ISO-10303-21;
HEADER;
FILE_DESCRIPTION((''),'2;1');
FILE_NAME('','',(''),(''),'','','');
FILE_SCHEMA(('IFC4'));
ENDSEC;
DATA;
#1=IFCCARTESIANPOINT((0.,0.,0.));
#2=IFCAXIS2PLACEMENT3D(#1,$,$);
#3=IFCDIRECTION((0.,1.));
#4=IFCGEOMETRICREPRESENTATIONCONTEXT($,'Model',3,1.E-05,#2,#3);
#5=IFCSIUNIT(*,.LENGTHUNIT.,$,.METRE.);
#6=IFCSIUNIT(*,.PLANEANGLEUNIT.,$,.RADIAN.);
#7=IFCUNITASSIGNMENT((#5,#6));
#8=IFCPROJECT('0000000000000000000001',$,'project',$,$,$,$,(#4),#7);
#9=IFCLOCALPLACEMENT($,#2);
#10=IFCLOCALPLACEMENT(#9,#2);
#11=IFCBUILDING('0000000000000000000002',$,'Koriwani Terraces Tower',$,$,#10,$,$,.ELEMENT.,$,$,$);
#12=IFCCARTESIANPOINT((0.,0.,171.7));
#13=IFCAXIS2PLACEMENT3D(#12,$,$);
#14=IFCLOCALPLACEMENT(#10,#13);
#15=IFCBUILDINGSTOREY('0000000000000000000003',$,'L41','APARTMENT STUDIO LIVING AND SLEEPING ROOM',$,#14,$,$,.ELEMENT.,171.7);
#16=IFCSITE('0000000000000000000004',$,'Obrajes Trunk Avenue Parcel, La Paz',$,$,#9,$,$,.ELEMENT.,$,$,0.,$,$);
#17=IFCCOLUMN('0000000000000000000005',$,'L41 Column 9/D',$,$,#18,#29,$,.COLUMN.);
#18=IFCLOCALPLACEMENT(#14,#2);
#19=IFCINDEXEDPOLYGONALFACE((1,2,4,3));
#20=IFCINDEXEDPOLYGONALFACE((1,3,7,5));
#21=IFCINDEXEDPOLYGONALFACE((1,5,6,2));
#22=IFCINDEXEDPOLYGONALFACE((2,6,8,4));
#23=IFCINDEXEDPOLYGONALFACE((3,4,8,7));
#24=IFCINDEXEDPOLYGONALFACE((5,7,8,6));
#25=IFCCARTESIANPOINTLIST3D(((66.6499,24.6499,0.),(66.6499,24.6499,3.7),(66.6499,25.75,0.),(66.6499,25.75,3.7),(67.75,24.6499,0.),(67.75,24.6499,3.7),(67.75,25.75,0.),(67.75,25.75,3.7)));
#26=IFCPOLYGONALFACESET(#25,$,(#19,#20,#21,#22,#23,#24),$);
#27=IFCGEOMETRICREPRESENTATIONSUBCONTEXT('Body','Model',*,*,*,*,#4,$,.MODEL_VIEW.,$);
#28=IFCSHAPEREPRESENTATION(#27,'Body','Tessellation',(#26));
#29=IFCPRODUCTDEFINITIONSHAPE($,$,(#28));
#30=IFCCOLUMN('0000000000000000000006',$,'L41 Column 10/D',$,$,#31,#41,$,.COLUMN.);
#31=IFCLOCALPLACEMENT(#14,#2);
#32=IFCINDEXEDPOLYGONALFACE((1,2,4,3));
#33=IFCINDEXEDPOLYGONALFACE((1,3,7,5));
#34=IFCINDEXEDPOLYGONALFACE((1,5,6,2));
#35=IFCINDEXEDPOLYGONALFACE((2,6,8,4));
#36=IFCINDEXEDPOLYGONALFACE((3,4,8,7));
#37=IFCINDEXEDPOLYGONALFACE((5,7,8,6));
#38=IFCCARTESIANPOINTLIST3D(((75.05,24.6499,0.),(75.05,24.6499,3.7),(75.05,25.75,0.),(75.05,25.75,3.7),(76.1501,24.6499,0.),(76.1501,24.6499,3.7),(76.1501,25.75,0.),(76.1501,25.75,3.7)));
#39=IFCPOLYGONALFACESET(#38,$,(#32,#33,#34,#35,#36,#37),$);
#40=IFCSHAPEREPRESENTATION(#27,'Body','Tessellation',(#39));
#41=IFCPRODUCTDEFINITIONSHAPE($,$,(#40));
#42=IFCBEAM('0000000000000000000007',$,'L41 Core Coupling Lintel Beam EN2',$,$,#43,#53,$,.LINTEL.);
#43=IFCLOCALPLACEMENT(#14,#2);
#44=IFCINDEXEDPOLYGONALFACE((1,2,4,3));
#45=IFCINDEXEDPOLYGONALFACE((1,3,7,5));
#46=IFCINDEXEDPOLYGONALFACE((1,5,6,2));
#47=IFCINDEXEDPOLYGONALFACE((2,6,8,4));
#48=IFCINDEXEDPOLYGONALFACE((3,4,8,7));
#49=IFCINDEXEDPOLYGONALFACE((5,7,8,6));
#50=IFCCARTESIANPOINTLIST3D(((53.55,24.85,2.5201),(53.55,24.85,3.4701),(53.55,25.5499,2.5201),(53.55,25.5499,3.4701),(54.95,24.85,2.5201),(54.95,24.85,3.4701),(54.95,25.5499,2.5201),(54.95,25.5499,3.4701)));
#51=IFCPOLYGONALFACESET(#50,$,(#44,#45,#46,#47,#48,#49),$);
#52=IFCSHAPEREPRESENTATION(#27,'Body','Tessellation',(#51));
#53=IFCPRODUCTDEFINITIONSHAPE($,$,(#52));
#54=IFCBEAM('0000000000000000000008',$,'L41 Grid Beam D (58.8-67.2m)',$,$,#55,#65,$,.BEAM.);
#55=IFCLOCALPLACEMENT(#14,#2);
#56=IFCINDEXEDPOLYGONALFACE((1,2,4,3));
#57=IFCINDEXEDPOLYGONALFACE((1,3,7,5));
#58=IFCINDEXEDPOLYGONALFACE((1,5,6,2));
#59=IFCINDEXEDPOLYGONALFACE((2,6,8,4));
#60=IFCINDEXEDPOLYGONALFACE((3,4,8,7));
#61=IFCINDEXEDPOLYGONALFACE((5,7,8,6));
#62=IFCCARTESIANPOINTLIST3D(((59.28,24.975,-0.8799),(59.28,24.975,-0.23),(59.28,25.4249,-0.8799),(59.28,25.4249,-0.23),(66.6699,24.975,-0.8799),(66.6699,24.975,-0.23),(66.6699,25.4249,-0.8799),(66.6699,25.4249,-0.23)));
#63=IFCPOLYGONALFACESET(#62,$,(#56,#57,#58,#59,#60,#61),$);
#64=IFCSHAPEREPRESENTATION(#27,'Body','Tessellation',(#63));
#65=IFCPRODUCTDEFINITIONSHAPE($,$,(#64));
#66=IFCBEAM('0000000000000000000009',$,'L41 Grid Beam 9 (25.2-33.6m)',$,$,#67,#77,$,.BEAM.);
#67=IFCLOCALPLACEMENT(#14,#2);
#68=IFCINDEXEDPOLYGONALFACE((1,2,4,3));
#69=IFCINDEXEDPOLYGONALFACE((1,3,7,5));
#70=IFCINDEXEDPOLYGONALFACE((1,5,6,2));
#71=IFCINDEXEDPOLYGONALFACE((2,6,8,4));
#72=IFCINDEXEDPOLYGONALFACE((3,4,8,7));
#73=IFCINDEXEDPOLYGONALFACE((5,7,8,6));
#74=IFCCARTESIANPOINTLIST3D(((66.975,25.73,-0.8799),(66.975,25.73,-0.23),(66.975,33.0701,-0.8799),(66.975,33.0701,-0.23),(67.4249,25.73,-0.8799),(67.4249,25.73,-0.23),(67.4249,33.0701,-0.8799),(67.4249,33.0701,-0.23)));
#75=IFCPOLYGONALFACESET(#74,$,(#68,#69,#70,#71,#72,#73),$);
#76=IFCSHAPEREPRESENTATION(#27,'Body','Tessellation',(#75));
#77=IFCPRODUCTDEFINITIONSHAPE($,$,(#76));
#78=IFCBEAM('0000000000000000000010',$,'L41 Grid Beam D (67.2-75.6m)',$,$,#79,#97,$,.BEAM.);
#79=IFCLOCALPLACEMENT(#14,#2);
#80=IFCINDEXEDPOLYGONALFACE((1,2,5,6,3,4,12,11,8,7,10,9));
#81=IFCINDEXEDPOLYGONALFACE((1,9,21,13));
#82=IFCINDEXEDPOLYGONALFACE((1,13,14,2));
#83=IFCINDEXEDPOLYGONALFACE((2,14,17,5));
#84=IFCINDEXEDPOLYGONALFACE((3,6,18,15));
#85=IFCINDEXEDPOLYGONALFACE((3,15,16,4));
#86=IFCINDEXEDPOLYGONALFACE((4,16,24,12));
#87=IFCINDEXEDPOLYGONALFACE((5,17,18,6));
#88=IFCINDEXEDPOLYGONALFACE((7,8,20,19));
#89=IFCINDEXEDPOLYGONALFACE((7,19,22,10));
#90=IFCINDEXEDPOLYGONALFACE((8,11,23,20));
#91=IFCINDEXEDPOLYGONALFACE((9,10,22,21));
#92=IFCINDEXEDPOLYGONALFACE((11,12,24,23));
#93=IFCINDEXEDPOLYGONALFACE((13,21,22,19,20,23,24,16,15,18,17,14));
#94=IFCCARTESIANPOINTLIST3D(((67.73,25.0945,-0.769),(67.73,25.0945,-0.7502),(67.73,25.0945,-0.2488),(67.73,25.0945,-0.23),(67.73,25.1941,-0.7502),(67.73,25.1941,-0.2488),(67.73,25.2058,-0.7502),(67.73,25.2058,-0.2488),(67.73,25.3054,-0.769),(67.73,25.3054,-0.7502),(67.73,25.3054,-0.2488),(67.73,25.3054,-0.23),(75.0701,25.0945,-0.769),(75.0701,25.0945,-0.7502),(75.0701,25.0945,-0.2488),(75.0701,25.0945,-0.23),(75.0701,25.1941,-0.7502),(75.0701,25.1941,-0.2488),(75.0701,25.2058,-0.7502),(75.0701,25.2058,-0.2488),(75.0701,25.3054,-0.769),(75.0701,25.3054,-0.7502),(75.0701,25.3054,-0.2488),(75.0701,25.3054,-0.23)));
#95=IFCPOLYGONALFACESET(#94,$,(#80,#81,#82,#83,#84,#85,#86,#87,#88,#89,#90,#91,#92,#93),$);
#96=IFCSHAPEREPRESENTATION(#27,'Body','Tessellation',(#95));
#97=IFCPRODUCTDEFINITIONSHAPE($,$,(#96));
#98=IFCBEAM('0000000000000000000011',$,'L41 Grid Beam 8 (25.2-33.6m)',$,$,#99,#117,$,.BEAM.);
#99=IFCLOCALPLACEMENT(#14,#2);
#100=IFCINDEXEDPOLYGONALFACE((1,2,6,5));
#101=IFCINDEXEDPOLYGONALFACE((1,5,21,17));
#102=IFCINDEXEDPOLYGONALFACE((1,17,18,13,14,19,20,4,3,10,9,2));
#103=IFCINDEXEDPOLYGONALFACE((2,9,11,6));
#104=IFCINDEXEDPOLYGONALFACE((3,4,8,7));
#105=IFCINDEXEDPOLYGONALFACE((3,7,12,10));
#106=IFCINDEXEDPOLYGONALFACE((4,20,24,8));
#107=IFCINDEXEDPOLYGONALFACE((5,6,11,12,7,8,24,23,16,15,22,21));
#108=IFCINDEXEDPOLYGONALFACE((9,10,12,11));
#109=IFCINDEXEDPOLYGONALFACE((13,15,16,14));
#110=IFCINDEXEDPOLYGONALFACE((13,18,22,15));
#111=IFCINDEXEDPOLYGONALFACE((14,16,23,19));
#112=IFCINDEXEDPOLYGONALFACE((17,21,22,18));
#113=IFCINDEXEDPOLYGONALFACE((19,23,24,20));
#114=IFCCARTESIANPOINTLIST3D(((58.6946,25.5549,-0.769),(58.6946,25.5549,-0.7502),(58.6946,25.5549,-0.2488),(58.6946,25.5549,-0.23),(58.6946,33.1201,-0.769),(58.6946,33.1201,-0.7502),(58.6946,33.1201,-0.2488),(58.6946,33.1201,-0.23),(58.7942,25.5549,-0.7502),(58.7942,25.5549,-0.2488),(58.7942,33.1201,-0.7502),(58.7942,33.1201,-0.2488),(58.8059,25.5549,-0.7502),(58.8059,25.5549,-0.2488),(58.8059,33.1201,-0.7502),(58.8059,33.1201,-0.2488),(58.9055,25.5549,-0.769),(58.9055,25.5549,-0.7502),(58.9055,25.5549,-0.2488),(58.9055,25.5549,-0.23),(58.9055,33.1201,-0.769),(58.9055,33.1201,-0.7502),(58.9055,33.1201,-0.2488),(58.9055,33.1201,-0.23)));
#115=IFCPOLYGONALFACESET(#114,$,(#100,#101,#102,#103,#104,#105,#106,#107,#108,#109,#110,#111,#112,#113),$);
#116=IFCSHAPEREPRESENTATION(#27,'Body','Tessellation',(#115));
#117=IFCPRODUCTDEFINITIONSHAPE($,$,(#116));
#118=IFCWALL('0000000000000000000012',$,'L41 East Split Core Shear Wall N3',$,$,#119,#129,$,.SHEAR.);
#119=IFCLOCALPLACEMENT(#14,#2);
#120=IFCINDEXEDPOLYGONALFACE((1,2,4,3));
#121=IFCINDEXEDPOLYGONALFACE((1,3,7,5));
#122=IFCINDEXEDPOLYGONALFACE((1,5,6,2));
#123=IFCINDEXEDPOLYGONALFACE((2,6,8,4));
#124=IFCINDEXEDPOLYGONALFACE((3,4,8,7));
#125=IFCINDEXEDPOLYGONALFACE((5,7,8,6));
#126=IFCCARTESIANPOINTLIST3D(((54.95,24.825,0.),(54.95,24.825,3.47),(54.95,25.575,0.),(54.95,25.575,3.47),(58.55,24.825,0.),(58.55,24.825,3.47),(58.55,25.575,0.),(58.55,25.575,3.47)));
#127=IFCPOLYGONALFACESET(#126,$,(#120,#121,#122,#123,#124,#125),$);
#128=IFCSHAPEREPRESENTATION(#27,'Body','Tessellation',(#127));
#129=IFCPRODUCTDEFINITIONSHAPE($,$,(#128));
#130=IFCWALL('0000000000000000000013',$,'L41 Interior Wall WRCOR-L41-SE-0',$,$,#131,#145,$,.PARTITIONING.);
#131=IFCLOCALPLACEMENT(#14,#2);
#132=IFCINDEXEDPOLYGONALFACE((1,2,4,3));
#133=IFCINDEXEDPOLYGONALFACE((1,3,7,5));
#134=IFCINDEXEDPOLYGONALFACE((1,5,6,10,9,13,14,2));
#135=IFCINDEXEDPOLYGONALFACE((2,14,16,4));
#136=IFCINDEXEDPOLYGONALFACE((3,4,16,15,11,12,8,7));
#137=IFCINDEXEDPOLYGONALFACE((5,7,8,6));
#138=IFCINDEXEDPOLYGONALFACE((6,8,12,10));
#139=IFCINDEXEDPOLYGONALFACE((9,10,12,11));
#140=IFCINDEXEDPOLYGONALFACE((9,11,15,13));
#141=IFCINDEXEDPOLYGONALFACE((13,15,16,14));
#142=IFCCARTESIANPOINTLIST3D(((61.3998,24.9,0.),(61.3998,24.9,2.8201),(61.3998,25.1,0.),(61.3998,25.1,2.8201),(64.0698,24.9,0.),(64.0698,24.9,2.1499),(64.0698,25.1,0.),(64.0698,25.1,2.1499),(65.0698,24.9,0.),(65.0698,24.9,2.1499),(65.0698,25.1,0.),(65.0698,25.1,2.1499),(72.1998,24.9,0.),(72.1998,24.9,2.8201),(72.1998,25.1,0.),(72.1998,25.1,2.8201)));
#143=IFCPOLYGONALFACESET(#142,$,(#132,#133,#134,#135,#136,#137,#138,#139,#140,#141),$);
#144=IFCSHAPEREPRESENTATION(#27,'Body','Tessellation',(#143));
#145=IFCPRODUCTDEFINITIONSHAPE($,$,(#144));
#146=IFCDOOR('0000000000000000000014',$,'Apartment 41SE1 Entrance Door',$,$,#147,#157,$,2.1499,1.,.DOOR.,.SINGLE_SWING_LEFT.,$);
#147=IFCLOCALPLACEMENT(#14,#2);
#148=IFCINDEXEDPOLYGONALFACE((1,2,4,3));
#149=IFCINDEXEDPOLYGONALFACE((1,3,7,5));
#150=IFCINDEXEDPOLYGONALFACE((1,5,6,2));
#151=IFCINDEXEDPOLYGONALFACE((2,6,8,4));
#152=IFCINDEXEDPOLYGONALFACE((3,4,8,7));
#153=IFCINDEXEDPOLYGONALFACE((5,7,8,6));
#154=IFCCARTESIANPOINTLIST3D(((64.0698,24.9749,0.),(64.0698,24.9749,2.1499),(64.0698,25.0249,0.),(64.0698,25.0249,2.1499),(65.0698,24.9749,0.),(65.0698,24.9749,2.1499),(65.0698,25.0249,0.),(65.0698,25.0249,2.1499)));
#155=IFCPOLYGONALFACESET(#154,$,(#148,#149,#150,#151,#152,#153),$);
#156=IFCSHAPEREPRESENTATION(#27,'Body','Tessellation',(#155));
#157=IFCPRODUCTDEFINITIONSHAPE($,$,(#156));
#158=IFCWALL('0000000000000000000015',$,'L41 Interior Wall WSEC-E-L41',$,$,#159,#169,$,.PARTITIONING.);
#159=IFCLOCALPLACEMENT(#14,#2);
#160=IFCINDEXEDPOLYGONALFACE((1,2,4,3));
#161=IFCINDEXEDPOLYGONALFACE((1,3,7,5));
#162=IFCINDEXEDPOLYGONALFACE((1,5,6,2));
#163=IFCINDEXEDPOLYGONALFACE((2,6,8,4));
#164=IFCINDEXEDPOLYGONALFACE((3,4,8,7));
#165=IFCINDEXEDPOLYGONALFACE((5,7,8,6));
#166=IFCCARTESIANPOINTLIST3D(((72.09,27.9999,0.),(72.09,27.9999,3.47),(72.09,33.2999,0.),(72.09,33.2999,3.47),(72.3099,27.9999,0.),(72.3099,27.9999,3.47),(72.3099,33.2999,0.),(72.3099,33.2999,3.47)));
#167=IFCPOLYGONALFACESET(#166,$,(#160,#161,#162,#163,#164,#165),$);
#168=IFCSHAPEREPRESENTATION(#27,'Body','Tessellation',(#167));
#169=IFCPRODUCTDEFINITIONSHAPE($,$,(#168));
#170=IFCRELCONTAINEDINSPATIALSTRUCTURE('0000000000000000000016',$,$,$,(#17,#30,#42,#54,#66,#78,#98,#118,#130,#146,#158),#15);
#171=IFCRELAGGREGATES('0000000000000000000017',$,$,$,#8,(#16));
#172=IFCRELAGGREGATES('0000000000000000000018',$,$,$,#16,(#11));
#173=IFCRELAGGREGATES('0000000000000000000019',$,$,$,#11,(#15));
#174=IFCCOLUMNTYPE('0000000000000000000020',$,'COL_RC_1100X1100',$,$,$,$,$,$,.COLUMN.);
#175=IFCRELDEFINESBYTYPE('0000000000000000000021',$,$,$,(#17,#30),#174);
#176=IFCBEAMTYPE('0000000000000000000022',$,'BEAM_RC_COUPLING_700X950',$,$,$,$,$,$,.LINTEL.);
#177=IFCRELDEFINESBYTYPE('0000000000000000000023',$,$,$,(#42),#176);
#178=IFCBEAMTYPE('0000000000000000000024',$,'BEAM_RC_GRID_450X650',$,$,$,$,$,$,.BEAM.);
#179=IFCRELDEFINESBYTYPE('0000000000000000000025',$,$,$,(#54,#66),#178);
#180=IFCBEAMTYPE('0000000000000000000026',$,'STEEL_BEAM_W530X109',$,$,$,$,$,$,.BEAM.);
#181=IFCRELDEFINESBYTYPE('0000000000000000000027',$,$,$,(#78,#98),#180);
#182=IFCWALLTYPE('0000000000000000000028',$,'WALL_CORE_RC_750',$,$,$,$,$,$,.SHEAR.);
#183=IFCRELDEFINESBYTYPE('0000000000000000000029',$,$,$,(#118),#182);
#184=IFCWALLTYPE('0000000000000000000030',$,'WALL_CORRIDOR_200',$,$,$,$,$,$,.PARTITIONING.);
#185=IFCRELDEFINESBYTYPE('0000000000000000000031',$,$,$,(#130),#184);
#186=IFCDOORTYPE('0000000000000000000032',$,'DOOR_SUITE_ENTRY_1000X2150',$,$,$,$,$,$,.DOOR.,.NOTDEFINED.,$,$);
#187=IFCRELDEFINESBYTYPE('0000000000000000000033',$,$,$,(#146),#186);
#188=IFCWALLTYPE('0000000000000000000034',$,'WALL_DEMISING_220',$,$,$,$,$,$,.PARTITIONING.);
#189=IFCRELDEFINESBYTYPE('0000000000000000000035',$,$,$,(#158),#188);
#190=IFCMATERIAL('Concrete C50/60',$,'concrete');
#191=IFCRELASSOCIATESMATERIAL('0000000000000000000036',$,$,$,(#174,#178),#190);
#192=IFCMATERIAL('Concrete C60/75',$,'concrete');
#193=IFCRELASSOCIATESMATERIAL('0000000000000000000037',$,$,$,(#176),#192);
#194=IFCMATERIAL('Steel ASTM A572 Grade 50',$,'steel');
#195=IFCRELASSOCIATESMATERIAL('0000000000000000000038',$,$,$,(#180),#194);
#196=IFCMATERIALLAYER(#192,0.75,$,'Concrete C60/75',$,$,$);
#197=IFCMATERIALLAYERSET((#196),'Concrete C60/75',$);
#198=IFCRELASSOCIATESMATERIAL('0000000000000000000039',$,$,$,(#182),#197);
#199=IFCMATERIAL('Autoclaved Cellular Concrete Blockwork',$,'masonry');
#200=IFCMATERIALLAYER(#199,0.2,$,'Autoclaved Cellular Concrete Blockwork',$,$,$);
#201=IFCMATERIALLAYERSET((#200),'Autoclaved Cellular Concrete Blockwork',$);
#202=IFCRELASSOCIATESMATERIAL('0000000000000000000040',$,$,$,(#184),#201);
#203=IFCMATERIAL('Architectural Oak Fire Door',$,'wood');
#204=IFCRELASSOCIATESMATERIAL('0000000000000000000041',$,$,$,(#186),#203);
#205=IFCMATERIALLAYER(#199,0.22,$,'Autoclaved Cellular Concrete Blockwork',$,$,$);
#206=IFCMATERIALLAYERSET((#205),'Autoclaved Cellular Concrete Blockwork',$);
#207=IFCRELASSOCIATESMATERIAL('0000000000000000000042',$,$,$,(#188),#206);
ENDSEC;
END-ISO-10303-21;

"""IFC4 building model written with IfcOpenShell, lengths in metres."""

from ifc_helpers import new_model, si_unit, direction, frame, frame_2d, origin, origin_2d, place, context, subcontext, project, spatial, rectangle, i_section, extrude, material, layer, layer_set, material_profile, profile_set, type_object, element, fill, save


model = new_model("IFC4")

# Units and contexts
model_context = context("Model", 3, precision=1e-05, world=origin(), true_north=direction((0.0, 1.0)))
body_context = subcontext(model_context, "Body", "Model", "MODEL_VIEW")
ifc_project = project(units=[si_unit("LENGTHUNIT", "METRE"), si_unit("PLANEANGLEUNIT", "RADIAN")], contexts=[model_context])

# Site, building, storey
site_placement = place(None, origin())
site = spatial("IfcSite", under=ifc_project, at=site_placement, Name="Obrajes Trunk Avenue Parcel, La Paz", CompositionType="ELEMENT", RefElevation=0.0)
building_placement = place(site_placement, origin())
building = spatial("IfcBuilding", under=site, at=building_placement, Name="Koriwani Terraces Tower", CompositionType="ELEMENT")
storey_placement = place(building_placement, frame((0.0, 0.0, 171.7)))
storey = spatial("IfcBuildingStorey", under=building, at=storey_placement, Name="L41", Description="APARTMENT STUDIO LIVING AND SLEEPING ROOM", CompositionType="ELEMENT", Elevation=171.7)

# Columns
ifc_material_1 = material(Name="Concrete C50/60", Category="concrete")
ifc_material_profile_1 = material_profile(ifc_material_1, rectangle(XDim=1.1001, YDim=1.1001, at=origin_2d()), Name="Concrete C50/60", Category="LoadBearing")
ifc_profile_set_1 = profile_set([ifc_material_profile_1], Name="Concrete C50/60")
column_type = type_object("IfcColumnType", Name="COL_RC_1100X1100", PredefinedType="COLUMN", material=ifc_profile_set_1)
for number, where, z_axis, x_axis, name in (
    (1, (67.2, 25.2, 0.0), (0.0, 0.0, 1.0), (1.0, 0.0, 0.0), "L41 Column 9/D"),
    (2, (75.6001, 25.2, 0.0), (0.0, 0.0, 1.0), (1.0, 0.0, 0.0), "L41 Column 10/D"),
):
    element("IfcColumn", number, at=place(storey_placement, frame(where, z_axis=z_axis, x_axis=x_axis)), inside=storey, type_object=column_type, Name=name, PredefinedType="COLUMN", context=body_context, shape_type="SweptSolid", body=[
        extrude(rectangle(XDim=1.1001, YDim=1.1001, at=origin_2d()), origin(), (0.0, 0.0, 1.0), 3.7),
    ])

# Beams
ifc_material_2 = material(Name="Concrete C60/75", Category="concrete")
ifc_material_profile_2 = material_profile(ifc_material_2, rectangle(XDim=0.7, YDim=0.95, at=origin_2d()), Name="Concrete C60/75", Category="LoadBearing")
ifc_profile_set_2 = profile_set([ifc_material_profile_2], Name="Concrete C60/75")
beam_type_1 = type_object("IfcBeamType", Name="BEAM_RC_COUPLING_700X950", PredefinedType="LINTEL", material=ifc_profile_set_2)
beam_1_placement = place(storey_placement, frame((53.55, 25.2, 2.9951), z_axis=(1.0, 0.0, 0.0), x_axis=(0.0, 1.0, 0.0)))
element("IfcBeam", 3, at=beam_1_placement, inside=storey, type_object=beam_type_1, Name="L41 Core Coupling Lintel Beam EN2", PredefinedType="LINTEL", context=body_context, shape_type="SweptSolid", body=[
    extrude(rectangle(XDim=0.7, YDim=0.95, at=origin_2d()), origin(), (0.0, 0.0, 1.0), 1.3999),
])
ifc_material_profile_3 = material_profile(ifc_material_1, rectangle(XDim=0.45, YDim=0.6499, at=origin_2d()), Name="Concrete C50/60", Category="LoadBearing")
ifc_profile_set_3 = profile_set([ifc_material_profile_3], Name="Concrete C50/60")
beam_type_2 = type_object("IfcBeamType", Name="BEAM_RC_GRID_450X650", PredefinedType="BEAM", material=ifc_profile_set_3)
beam_2_placement = place(storey_placement, frame((59.28, 25.2, -0.5549), z_axis=(1.0, 0.0, 0.0), x_axis=(0.0, 1.0, 0.0)))
element("IfcBeam", 4, at=beam_2_placement, inside=storey, type_object=beam_type_2, Name="L41 Grid Beam D (58.8-67.2m)", PredefinedType="BEAM", context=body_context, shape_type="SweptSolid", body=[
    extrude(rectangle(XDim=0.45, YDim=0.6499, at=origin_2d()), origin(), (0.0, 0.0, 1.0), 7.3899),
])
beam_3_placement = place(storey_placement, frame((67.2, 25.73, -0.5549), z_axis=(0.0, 1.0, 0.0), x_axis=(-1.0, 0.0, 0.0)))
element("IfcBeam", 5, at=beam_3_placement, inside=storey, type_object=beam_type_2, Name="L41 Grid Beam 9 (25.2-33.6m)", PredefinedType="BEAM", context=body_context, shape_type="SweptSolid", body=[
    extrude(rectangle(XDim=0.45, YDim=0.6499, at=origin_2d()), origin(), (0.0, 0.0, 1.0), 7.3401),
])
ifc_material_3 = material(Name="Steel ASTM A572 Grade 50", Category="steel")
ifc_material_profile_4 = material_profile(ifc_material_3, i_section(OverallWidth=0.2109, OverallDepth=0.5391, WebThickness=0.0117, FlangeThickness=0.0188, at=origin_2d()), Name="Steel ASTM A572 Grade 50", Category="LoadBearing")
ifc_profile_set_4 = profile_set([ifc_material_profile_4], Name="Steel ASTM A572 Grade 50")
beam_type_3 = type_object("IfcBeamType", Name="STEEL_BEAM_W530X109", PredefinedType="BEAM", material=ifc_profile_set_4)
beam_4_placement = place(storey_placement, frame((67.73, 25.2, -0.4995), z_axis=(1.0, 0.0, 0.0), x_axis=(0.0, 1.0, 0.0)))
element("IfcBeam", 6, at=beam_4_placement, inside=storey, type_object=beam_type_3, Name="L41 Grid Beam D (67.2-75.6m)", PredefinedType="BEAM", context=body_context, shape_type="SweptSolid", body=[
    extrude(i_section(OverallWidth=0.2109, OverallDepth=0.5391, WebThickness=0.0117, FlangeThickness=0.0188, at=origin_2d()), origin(), (0.0, 0.0, 1.0), 7.3401),
])
beam_5_placement = place(storey_placement, frame((58.8, 25.5549, -0.4995), z_axis=(0.0, 1.0, 0.0), x_axis=(-1.0, 0.0, 0.0)))
element("IfcBeam", 7, at=beam_5_placement, inside=storey, type_object=beam_type_3, Name="L41 Grid Beam 8 (25.2-33.6m)", PredefinedType="BEAM", context=body_context, shape_type="SweptSolid", body=[
    extrude(i_section(OverallWidth=0.2109, OverallDepth=0.5391, WebThickness=0.0117, FlangeThickness=0.0188, at=origin_2d()), origin(), (0.0, 0.0, 1.0), 7.5652),
])

# Wall
ifc_layer_1 = layer(ifc_material_2, 0.75, Name="Concrete C60/75")
ifc_layer_set_1 = layer_set([ifc_layer_1], Name="Concrete C60/75")
wall_type_1 = type_object("IfcWallType", Name="WALL_CORE_RC_750", PredefinedType="SHEAR", material=ifc_layer_set_1)
wall_1_placement = place(storey_placement, frame((54.95, 25.2, 0.0), z_axis=(0.0, 0.0, 1.0), x_axis=(1.0, 0.0, 0.0)))
element("IfcWall", 8, at=wall_1_placement, inside=storey, type_object=wall_type_1, Name="L41 East Split Core Shear Wall N3", PredefinedType="SHEAR", context=body_context, shape_type="SweptSolid", body=[
    extrude(rectangle(XDim=3.6001, YDim=0.75, at=frame_2d((1.8, 0.0))), origin(), (0.0, 0.0, 1.0), 3.47),
])

# Wall, opening, door
ifc_material_4 = material(Name="Autoclaved Cellular Concrete Blockwork", Category="masonry")
ifc_layer_2 = layer(ifc_material_4, 0.2, Name="Autoclaved Cellular Concrete Blockwork")
ifc_layer_set_2 = layer_set([ifc_layer_2], Name="Autoclaved Cellular Concrete Blockwork")
wall_type_2 = type_object("IfcWallType", Name="WALL_CORRIDOR_200", PredefinedType="PARTITIONING", material=ifc_layer_set_2)
wall_2_placement = place(storey_placement, frame((61.3999, 25.0, 0.0), z_axis=(0.0, 0.0, 1.0), x_axis=(1.0, 0.0, 0.0)))
wall_2 = element("IfcWall", 9, at=wall_2_placement, inside=storey, type_object=wall_type_2, Name="L41 Interior Wall WRCOR-L41-SE-0", PredefinedType="PARTITIONING", context=body_context, shape_type="SweptSolid", body=[
    extrude(rectangle(XDim=10.8, YDim=0.2, at=frame_2d((5.3999, 0.0))), origin(), (0.0, 0.0, 1.0), 2.8201),
])
opening_1_placement = place(wall_2_placement, frame((2.6699, 0.0, 0.0)))
opening_1 = element("IfcOpeningElement", 10, at=opening_1_placement, cuts=wall_2, PredefinedType="OPENING", context=body_context, shape_type="SweptSolid", body=[
    extrude(rectangle(XDim=1.0, YDim=2.1499, at=frame_2d((0.5, 1.075))), frame((0.0, 0.1099, 0.0), z_axis=(0.0, -1.0, 0.0), x_axis=(1.0, 0.0, 0.0)), (0.0, 0.0, 1.0), 0.22),
])
ifc_material_5 = material(Name="Architectural Oak Fire Door", Category="wood")
door_type_1 = type_object("IfcDoorType", Name="DOOR_SUITE_ENTRY_1000X2150", OperationType="NOTDEFINED", PredefinedType="DOOR", material=ifc_material_5)
door_1_placement = place(opening_1_placement, origin())
door_1 = element("IfcDoor", 11, at=door_1_placement, inside=storey, type_object=door_type_1, Name="Apartment 41SE1 Entrance Door", OperationType="SINGLE_SWING_LEFT", OverallHeight=2.1499, OverallWidth=1.0, PredefinedType="DOOR", context=body_context, shape_type="SweptSolid", body=[
    extrude(rectangle(XDim=1.0, YDim=2.1499, at=frame_2d((0.5, 1.075))), frame((0.0, 0.0249, 0.0), z_axis=(0.0, -1.0, 0.0), x_axis=(1.0, 0.0, 0.0)), (0.0, 0.0, 1.0), 0.05),
])
fill(opening_1, door_1)

# Wall
ifc_layer_3 = layer(ifc_material_4, 0.22, Name="Autoclaved Cellular Concrete Blockwork")
ifc_layer_set_3 = layer_set([ifc_layer_3], Name="Autoclaved Cellular Concrete Blockwork")
wall_type_3 = type_object("IfcWallType", Name="WALL_DEMISING_220", PredefinedType="PARTITIONING", material=ifc_layer_set_3)
wall_3_placement = place(storey_placement, frame((72.2, 28.0, 0.0), z_axis=(0.0, 0.0, 1.0), x_axis=(0.0, 1.0, 0.0)))
element("IfcWall", 12, at=wall_3_placement, inside=storey, type_object=wall_type_3, Name="L41 Interior Wall WSEC-E-L41", PredefinedType="PARTITIONING", context=body_context, shape_type="SweptSolid", body=[
    extrude(rectangle(XDim=5.3, YDim=0.22, at=frame_2d((2.6499, 0.0))), origin(), (0.0, 0.0, 1.0), 3.47),
])

save(model, "model.ifc")
